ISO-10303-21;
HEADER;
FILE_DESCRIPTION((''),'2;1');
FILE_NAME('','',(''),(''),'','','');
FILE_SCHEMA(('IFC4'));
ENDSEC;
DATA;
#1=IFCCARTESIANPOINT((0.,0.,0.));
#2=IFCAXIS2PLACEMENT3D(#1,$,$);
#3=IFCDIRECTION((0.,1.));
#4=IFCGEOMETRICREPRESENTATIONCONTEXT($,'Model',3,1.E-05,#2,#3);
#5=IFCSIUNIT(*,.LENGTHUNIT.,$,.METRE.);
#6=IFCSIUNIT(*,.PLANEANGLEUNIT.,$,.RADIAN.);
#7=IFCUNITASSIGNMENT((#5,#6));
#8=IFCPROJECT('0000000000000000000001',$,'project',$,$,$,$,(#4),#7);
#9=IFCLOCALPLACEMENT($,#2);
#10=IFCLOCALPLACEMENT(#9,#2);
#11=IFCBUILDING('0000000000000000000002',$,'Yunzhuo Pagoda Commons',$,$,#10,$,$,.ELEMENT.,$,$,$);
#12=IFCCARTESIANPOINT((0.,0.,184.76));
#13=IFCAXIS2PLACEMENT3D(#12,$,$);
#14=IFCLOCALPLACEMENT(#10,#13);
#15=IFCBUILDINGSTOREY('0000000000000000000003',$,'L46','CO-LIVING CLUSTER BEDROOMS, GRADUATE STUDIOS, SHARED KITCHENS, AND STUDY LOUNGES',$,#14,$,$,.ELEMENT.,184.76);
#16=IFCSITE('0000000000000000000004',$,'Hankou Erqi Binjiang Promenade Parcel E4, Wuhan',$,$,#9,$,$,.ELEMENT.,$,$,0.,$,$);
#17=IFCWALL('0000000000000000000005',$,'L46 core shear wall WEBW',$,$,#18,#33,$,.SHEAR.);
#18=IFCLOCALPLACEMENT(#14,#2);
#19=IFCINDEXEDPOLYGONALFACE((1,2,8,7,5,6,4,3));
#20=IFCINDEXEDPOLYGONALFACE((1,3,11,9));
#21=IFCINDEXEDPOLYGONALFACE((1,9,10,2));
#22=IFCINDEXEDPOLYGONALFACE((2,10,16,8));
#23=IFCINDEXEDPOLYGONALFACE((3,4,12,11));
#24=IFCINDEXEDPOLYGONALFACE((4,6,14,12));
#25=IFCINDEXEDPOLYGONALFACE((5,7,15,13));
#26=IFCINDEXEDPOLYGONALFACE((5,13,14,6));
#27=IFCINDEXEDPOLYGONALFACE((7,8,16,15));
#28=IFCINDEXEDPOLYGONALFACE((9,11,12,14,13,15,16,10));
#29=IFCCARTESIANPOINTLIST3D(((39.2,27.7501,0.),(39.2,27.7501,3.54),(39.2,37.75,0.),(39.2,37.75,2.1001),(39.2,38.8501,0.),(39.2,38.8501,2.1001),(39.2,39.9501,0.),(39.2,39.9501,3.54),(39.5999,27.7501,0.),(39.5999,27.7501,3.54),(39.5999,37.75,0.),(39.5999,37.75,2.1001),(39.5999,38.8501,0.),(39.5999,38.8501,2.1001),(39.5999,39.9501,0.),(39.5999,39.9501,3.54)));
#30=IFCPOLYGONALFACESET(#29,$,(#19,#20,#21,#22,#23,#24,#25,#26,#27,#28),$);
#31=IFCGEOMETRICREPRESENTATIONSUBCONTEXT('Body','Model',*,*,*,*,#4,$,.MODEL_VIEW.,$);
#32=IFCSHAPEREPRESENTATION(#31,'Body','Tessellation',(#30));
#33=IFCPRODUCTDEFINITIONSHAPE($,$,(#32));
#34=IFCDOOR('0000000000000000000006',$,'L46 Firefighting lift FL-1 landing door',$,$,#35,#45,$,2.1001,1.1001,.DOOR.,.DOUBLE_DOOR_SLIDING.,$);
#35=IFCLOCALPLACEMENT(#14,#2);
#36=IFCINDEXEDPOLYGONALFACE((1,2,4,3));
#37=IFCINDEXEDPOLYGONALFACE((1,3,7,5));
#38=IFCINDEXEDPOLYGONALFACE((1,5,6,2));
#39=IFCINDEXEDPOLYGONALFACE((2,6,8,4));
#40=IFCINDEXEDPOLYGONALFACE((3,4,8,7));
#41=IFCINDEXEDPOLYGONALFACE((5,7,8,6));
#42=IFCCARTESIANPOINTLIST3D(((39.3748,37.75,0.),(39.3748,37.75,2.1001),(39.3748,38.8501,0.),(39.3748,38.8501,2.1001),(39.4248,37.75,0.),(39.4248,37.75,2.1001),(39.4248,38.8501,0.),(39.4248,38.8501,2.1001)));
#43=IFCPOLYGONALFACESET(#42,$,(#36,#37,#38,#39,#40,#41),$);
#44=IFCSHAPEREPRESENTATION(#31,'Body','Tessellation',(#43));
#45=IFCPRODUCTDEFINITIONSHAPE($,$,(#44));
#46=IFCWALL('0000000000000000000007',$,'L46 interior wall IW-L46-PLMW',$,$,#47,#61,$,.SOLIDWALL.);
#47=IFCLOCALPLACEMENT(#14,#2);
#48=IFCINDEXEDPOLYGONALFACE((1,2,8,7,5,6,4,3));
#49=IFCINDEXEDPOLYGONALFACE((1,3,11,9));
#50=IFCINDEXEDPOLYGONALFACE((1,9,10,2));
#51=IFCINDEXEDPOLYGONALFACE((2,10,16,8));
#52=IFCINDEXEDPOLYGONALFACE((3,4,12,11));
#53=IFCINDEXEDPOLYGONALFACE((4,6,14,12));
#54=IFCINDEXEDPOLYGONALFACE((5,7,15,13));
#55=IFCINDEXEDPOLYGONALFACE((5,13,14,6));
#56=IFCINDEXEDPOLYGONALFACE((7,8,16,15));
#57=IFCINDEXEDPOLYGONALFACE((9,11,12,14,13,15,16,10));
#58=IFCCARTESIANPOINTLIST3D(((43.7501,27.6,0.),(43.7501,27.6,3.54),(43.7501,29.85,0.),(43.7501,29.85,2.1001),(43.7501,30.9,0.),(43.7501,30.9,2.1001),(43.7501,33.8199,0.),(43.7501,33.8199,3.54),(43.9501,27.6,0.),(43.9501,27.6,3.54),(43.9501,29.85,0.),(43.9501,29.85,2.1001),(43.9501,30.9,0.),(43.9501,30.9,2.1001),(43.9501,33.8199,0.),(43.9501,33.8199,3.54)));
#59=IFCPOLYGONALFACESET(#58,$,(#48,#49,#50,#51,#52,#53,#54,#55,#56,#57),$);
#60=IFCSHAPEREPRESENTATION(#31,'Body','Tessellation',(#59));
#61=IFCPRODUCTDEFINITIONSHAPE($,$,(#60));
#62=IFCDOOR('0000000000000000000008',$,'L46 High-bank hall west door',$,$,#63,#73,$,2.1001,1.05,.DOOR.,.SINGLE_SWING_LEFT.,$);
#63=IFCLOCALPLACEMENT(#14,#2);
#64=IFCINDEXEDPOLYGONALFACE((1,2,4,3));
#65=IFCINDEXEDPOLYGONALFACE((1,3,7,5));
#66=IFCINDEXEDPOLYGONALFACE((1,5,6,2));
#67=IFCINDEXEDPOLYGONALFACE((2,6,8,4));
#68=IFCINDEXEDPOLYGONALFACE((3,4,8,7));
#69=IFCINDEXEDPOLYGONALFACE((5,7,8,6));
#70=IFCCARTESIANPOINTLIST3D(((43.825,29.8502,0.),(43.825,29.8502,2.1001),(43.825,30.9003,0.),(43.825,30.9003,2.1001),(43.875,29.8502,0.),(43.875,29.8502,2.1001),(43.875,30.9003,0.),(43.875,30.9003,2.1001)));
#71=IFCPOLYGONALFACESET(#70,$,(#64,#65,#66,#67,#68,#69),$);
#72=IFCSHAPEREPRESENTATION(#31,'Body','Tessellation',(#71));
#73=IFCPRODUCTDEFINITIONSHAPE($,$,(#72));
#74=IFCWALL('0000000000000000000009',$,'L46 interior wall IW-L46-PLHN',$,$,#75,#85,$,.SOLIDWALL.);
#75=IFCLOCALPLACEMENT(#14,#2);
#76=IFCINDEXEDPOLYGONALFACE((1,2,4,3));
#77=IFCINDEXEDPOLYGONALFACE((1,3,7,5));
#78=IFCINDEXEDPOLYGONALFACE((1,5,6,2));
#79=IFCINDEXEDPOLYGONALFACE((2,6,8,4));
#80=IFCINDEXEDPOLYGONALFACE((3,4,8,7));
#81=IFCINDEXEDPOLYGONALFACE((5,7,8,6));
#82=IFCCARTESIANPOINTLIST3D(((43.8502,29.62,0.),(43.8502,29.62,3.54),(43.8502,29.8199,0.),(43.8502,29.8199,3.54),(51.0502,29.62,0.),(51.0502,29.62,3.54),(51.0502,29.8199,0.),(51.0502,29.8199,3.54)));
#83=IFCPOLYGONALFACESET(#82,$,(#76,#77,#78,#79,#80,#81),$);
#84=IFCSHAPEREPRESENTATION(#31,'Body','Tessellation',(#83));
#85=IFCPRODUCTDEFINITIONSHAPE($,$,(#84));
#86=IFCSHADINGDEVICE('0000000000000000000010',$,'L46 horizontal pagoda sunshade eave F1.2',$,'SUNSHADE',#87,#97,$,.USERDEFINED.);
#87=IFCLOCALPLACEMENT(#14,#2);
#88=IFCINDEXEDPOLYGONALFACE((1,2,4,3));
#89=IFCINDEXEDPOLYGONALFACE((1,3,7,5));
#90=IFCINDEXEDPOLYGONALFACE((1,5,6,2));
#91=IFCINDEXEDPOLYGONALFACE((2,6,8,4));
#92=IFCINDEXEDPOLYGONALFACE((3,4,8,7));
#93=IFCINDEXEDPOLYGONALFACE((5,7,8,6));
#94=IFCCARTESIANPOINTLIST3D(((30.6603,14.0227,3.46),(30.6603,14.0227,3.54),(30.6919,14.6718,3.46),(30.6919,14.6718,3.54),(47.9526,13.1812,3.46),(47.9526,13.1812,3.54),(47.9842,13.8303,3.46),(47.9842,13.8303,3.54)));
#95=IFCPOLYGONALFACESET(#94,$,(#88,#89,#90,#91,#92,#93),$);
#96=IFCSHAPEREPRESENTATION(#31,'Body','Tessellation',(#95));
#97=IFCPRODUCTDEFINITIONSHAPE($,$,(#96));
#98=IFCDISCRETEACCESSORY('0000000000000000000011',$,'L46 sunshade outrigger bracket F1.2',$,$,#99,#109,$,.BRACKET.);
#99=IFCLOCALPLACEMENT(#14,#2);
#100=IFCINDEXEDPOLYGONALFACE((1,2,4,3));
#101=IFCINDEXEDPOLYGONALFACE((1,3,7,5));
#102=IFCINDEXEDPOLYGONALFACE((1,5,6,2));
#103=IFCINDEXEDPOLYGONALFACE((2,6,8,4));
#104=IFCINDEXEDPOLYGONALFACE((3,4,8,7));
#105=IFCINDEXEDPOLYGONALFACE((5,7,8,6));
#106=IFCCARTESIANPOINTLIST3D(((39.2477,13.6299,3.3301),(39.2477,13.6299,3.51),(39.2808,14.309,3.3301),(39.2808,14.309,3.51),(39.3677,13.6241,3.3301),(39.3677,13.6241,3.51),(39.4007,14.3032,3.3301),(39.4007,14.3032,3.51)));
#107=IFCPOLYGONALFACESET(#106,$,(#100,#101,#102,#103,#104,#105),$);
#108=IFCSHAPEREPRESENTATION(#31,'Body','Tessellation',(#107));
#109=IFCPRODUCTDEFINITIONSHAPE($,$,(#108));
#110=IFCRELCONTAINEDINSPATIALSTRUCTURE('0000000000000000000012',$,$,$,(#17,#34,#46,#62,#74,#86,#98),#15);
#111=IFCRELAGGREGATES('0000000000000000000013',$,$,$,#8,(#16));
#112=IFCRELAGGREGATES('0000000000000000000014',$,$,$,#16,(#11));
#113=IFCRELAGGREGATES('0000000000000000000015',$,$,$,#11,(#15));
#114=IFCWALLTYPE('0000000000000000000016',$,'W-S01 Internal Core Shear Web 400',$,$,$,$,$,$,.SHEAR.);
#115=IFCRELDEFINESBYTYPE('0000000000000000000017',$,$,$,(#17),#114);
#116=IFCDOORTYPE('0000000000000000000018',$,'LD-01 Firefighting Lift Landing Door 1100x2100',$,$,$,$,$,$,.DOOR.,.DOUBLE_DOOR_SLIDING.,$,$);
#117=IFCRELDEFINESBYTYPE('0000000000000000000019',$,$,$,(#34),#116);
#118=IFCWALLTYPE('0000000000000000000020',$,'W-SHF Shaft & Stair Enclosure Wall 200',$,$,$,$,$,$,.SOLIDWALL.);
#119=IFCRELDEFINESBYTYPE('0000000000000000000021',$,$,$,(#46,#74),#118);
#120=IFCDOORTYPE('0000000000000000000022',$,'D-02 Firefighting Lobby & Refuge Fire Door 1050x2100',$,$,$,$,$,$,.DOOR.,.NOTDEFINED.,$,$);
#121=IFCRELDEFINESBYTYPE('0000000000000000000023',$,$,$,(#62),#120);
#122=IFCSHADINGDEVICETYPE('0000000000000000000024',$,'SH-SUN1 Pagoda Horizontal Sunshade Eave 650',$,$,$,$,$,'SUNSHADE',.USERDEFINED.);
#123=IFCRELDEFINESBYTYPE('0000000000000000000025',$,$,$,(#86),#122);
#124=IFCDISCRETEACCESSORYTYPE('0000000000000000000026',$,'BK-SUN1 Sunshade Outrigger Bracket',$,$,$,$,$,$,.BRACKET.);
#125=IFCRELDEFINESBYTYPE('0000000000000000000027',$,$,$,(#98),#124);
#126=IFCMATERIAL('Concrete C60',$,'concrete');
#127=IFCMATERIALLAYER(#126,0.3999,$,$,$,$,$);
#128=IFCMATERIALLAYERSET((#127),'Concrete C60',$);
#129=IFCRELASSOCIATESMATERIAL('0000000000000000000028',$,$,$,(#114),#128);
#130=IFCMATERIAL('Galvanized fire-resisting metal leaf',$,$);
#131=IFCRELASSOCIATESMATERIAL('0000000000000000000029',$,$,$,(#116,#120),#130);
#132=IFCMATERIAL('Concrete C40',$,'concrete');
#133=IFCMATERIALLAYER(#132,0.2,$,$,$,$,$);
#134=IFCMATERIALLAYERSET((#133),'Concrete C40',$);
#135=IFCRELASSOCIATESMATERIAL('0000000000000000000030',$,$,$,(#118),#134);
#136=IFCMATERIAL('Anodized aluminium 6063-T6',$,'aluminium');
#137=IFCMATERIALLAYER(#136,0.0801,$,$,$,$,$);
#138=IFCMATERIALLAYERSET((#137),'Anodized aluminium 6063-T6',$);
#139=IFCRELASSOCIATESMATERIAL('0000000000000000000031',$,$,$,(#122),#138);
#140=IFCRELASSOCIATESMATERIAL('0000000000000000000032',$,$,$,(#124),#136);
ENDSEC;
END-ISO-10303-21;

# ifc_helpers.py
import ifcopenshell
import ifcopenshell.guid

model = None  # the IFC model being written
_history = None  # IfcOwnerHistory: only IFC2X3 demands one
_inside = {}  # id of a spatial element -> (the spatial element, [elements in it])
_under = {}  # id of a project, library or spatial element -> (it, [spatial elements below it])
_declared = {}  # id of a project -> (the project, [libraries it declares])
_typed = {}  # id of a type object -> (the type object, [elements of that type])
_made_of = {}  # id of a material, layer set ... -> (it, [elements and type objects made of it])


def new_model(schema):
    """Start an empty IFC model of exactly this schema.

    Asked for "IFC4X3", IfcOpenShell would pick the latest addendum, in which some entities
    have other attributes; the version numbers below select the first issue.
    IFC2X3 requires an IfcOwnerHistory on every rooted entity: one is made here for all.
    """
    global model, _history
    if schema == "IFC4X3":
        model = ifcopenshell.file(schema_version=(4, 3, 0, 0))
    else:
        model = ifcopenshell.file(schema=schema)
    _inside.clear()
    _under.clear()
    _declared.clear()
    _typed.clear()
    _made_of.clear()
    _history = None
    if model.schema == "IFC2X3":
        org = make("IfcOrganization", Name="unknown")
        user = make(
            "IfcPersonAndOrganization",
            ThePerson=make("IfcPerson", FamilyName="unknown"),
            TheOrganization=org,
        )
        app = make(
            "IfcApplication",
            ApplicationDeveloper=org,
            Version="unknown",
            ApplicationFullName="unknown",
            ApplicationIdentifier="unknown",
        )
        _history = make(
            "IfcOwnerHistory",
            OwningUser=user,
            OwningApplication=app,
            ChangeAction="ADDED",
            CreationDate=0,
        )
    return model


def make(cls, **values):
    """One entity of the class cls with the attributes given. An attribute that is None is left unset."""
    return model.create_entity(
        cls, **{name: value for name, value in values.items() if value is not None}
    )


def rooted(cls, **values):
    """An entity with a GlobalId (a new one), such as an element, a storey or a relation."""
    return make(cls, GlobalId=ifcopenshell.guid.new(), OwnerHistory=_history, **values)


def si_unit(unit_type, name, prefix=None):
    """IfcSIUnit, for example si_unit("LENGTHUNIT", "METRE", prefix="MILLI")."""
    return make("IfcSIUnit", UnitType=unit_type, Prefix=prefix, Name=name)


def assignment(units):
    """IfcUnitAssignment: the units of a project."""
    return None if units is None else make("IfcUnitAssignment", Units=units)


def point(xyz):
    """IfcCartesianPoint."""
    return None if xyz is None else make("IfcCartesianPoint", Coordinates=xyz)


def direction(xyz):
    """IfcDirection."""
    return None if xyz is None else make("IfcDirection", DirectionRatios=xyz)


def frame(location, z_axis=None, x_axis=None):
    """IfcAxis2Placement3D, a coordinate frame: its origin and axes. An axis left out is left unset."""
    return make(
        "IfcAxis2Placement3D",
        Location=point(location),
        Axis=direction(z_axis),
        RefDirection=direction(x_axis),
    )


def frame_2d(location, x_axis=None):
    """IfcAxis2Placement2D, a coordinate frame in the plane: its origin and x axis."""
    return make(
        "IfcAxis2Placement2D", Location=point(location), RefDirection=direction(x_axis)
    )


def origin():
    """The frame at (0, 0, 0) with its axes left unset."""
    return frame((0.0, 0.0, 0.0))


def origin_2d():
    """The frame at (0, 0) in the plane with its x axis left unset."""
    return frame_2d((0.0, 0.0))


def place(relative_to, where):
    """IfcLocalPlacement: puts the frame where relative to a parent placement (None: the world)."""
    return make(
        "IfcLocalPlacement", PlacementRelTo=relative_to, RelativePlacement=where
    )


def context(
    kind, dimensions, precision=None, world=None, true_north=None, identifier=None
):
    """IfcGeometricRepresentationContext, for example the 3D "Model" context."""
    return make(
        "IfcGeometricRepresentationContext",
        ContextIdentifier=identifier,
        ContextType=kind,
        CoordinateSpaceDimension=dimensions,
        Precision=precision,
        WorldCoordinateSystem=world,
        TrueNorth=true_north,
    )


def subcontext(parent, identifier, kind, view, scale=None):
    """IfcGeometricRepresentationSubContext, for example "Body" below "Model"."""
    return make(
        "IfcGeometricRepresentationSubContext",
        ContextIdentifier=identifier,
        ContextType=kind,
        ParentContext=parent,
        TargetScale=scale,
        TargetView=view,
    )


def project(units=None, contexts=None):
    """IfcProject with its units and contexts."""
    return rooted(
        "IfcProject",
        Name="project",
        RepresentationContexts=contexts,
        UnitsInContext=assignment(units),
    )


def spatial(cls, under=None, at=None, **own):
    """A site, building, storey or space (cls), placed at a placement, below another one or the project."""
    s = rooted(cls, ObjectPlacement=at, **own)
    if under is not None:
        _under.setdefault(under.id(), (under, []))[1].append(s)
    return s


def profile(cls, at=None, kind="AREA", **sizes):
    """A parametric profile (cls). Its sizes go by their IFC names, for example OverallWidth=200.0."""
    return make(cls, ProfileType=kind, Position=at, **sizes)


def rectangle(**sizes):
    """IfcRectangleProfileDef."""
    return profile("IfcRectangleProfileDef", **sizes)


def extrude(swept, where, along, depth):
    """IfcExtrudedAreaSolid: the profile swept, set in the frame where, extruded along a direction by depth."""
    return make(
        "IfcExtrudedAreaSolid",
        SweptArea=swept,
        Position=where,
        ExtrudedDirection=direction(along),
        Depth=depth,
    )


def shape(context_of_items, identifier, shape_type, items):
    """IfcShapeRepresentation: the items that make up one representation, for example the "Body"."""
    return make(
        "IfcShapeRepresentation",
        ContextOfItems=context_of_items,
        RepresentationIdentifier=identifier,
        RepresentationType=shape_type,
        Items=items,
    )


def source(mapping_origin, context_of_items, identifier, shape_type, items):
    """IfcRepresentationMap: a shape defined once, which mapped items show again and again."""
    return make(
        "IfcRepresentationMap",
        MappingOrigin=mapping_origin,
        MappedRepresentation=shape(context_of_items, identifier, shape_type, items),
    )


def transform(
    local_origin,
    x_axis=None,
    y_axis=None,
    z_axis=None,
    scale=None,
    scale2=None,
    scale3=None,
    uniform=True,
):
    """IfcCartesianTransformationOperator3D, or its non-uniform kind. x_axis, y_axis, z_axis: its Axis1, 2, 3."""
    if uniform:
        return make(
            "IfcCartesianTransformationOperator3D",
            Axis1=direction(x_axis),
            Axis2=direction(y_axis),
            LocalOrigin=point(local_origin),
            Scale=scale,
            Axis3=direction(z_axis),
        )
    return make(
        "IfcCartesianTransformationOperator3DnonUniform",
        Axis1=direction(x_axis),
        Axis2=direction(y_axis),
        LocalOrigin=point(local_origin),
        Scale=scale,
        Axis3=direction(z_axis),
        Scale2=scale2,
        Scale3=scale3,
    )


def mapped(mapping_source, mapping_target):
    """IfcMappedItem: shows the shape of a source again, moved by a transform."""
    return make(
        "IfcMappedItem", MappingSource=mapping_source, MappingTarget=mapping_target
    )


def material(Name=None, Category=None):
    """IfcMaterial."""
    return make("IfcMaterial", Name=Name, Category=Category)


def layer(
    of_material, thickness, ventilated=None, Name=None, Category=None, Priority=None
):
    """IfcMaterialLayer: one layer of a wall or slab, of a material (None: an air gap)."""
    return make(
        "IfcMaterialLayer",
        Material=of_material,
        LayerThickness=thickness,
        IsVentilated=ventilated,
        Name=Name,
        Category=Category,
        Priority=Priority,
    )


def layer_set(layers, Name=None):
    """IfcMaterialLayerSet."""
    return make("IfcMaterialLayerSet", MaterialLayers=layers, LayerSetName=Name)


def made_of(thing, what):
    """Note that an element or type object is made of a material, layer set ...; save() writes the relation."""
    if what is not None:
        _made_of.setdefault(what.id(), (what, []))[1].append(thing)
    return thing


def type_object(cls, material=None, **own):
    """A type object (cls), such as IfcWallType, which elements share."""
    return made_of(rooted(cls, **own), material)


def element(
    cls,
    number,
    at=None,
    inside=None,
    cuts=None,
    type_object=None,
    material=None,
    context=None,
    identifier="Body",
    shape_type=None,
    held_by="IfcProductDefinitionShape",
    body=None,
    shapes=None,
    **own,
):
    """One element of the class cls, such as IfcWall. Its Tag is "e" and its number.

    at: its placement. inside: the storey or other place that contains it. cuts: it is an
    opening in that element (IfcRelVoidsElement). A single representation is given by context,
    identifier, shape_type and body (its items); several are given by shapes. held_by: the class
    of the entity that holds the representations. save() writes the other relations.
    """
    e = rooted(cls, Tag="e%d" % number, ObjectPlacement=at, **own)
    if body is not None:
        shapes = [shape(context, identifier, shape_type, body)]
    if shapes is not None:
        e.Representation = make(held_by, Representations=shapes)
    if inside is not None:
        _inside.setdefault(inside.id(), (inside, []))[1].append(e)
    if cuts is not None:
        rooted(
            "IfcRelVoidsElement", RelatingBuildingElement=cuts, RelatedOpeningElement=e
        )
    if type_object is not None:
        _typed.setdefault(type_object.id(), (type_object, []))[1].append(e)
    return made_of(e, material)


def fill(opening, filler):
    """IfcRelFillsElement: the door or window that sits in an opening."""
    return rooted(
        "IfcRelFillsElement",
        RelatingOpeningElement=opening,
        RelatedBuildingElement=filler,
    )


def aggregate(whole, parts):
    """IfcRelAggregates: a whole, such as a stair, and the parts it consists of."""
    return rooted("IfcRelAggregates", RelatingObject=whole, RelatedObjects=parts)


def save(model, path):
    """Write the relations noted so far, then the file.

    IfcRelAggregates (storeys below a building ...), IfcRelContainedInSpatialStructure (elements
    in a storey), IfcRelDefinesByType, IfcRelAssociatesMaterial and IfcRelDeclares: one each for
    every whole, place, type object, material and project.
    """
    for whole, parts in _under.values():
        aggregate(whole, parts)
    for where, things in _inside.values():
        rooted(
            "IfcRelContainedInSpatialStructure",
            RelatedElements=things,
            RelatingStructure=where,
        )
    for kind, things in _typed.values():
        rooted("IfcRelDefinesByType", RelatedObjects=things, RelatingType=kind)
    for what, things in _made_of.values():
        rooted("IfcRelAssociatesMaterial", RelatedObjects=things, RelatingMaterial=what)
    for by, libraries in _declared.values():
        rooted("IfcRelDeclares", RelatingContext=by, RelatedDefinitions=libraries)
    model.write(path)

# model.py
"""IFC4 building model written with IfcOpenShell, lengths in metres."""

from ifc_helpers import new_model, si_unit, direction, frame, frame_2d, origin, origin_2d, place, context, subcontext, project, spatial, rectangle, extrude, source, transform, mapped, material, layer, layer_set, type_object, element, fill, save


model = new_model("IFC4")

# Units and contexts
model_context = context("Model", 3, precision=1e-05, world=origin(), true_north=direction((0.0, 1.0)))
body_context = subcontext(model_context, "Body", "Model", "MODEL_VIEW")
ifc_project = project(units=[si_unit("LENGTHUNIT", "METRE"), si_unit("PLANEANGLEUNIT", "RADIAN")], contexts=[model_context])

# Site, building, storey
site_placement = place(None, origin())
site = spatial("IfcSite", under=ifc_project, at=site_placement, Name="Hankou Erqi Binjiang Promenade Parcel E4, Wuhan", CompositionType="ELEMENT", RefElevation=0.0)
building_placement = place(site_placement, origin())
building = spatial("IfcBuilding", under=site, at=building_placement, Name="Yunzhuo Pagoda Commons", CompositionType="ELEMENT")
storey_placement = place(building_placement, frame((0.0, 0.0, 184.76)))
storey = spatial("IfcBuildingStorey", under=building, at=storey_placement, Name="L46", Description="CO-LIVING CLUSTER BEDROOMS, GRADUATE STUDIOS, SHARED KITCHENS, AND STUDY LOUNGES", CompositionType="ELEMENT", Elevation=184.76)

# Shared definitions
ifc_material_1 = material(Name="Anodized aluminium 6063-T6", Category="aluminium")

# Shared definitions
ifc_material_2 = material(Name="Galvanized fire-resisting metal leaf")

# Walls, openings, doors
ifc_material_3 = material(Name="Concrete C60", Category="concrete")
ifc_layer_1 = layer(ifc_material_3, 0.3999)
ifc_layer_set_1 = layer_set([ifc_layer_1], Name="Concrete C60")
wall_type_1 = type_object("IfcWallType", Name="W-S01 Internal Core Shear Web 400", PredefinedType="SHEAR", material=ifc_layer_set_1)
wall_1_placement = place(storey_placement, frame((39.3999, 27.75, 0.0), z_axis=(0.0, 0.0, 1.0), x_axis=(0.0, 1.0, 0.0)))
wall_1 = element("IfcWall", 1, at=wall_1_placement, inside=storey, type_object=wall_type_1, Name="L46 core shear wall WEBW", PredefinedType="SHEAR", context=body_context, shape_type="SweptSolid", body=[
    extrude(rectangle(XDim=12.2, YDim=0.3999, at=frame_2d((6.1001, 0.0))), origin(), (0.0, 0.0, 1.0), 3.54),
])
opening_1_placement = place(wall_1_placement, frame((10.0, 0.0, 0.0)))
opening_1 = element("IfcOpeningElement", 2, at=opening_1_placement, cuts=wall_1, PredefinedType="OPENING", context=body_context, shape_type="SweptSolid", body=[
    extrude(rectangle(XDim=1.1001, YDim=2.1001, at=frame_2d((0.55, 1.05))), frame((0.0, 0.21, 0.0), z_axis=(0.0, -1.0, 0.0), x_axis=(1.0, 0.0, 0.0)), (0.0, 0.0, 1.0), 0.4199),
])
door_type_1 = type_object("IfcDoorType", Name="LD-01 Firefighting Lift Landing Door 1100x2100", OperationType="DOUBLE_DOOR_SLIDING", PredefinedType="DOOR", material=ifc_material_2)
shared_shape_1 = source(origin(), body_context, "Body", "SweptSolid", [
    extrude(rectangle(XDim=1.1001, YDim=2.1001, at=frame_2d((0.55, 1.05))), frame((0.0, 0.0249, 0.0), z_axis=(0.0, -1.0, 0.0), x_axis=(1.0, 0.0, 0.0)), (0.0, 0.0, 1.0), 0.05),
])
door_1_placement = place(opening_1_placement, frame((1.1001, 0.0, 0.0), z_axis=(0.0, 0.0, 1.0), x_axis=(-1.0, 0.0, 0.0)))
door_1 = element("IfcDoor", 3, at=door_1_placement, inside=storey, type_object=door_type_1, Name="L46 Firefighting lift FL-1 landing door", OperationType="DOUBLE_DOOR_SLIDING", OverallHeight=2.1001, OverallWidth=1.1001, PredefinedType="DOOR", context=body_context, shape_type="MappedRepresentation", body=[
    mapped(shared_shape_1, transform((0.0, 0.0, 0.0), scale=1.0)),
])
fill(opening_1, door_1)
ifc_material_4 = material(Name="Concrete C40", Category="concrete")
ifc_layer_2 = layer(ifc_material_4, 0.2)
ifc_layer_set_2 = layer_set([ifc_layer_2], Name="Concrete C40")
wall_type_2 = type_object("IfcWallType", Name="W-SHF Shaft & Stair Enclosure Wall 200", PredefinedType="SOLIDWALL", material=ifc_layer_set_2)
wall_2_placement = place(storey_placement, frame((43.8501, 27.6001, 0.0), z_axis=(0.0, 0.0, 1.0), x_axis=(0.0, 1.0, 0.0)))
wall_2 = element("IfcWall", 4, at=wall_2_placement, inside=storey, type_object=wall_type_2, Name="L46 interior wall IW-L46-PLMW", PredefinedType="SOLIDWALL", context=body_context, shape_type="SweptSolid", body=[
    extrude(rectangle(XDim=6.22, YDim=0.2, at=frame_2d((3.1099, 0.0))), origin(), (0.0, 0.0, 1.0), 3.54),
])
opening_2_placement = place(wall_2_placement, frame((2.25, 0.0, 0.0)))
opening_2 = element("IfcOpeningElement", 5, at=opening_2_placement, cuts=wall_2, PredefinedType="OPENING", context=body_context, shape_type="SweptSolid", body=[
    extrude(rectangle(XDim=1.05, YDim=2.1001, at=frame_2d((0.5249, 1.05))), frame((0.0, 0.1099, 0.0), z_axis=(0.0, -1.0, 0.0), x_axis=(1.0, 0.0, 0.0)), (0.0, 0.0, 1.0), 0.22),
])
door_type_2 = type_object("IfcDoorType", Name="D-02 Firefighting Lobby & Refuge Fire Door 1050x2100", OperationType="NOTDEFINED", PredefinedType="DOOR", material=ifc_material_2)
shared_shape_2 = source(origin(), body_context, "Body", "SweptSolid", [
    extrude(rectangle(XDim=1.05, YDim=2.1001, at=frame_2d((0.5249, 1.05))), frame((0.0, 0.0249, 0.0), z_axis=(0.0, -1.0, 0.0), x_axis=(1.0, 0.0, 0.0)), (0.0, 0.0, 1.0), 0.05),
])
door_2_placement = place(opening_2_placement, frame((1.05, 0.0, 0.0), z_axis=(0.0, 0.0, 1.0), x_axis=(-1.0, 0.0, 0.0)))
door_2 = element("IfcDoor", 6, at=door_2_placement, inside=storey, type_object=door_type_2, Name="L46 High-bank hall west door", OperationType="SINGLE_SWING_LEFT", OverallHeight=2.1001, OverallWidth=1.05, PredefinedType="DOOR", context=body_context, shape_type="MappedRepresentation", body=[
    mapped(shared_shape_2, transform((0.0, 0.0, 0.0), scale=1.0)),
])
fill(opening_2, door_2)

# Wall
wall_3_placement = place(storey_placement, frame((43.8501, 29.72, 0.0), z_axis=(0.0, 0.0, 1.0), x_axis=(1.0, 0.0, 0.0)))
element("IfcWall", 7, at=wall_3_placement, inside=storey, type_object=wall_type_2, Name="L46 interior wall IW-L46-PLHN", PredefinedType="SOLIDWALL", context=body_context, shape_type="SweptSolid", body=[
    extrude(rectangle(XDim=7.2, YDim=0.2, at=frame_2d((3.6001, 0.0))), origin(), (0.0, 0.0, 1.0), 3.54),
])

# Shading device
ifc_layer_3 = layer(ifc_material_1, 0.0801)
ifc_layer_set_3 = layer_set([ifc_layer_3], Name="Anodized aluminium 6063-T6")
shading_device_type = type_object("IfcShadingDeviceType", Name="SH-SUN1 Pagoda Horizontal Sunshade Eave 650", ElementType="SUNSHADE", PredefinedType="USERDEFINED", material=ifc_layer_set_3)
shared_shape_3 = source(origin(), body_context, "Body", "SweptSolid", [
    extrude(rectangle(XDim=17.3127, YDim=0.6499, at=origin_2d()), origin(), (0.0, 0.0, 1.0), 0.0801),
])
shading_device_placement = place(storey_placement, frame((39.3223, 13.9265, 3.46), z_axis=(0.0, 0.0, 1.0), x_axis=(0.998818, -0.048606, 0.0)))
element("IfcShadingDevice", 8, at=shading_device_placement, inside=storey, type_object=shading_device_type, Name="L46 horizontal pagoda sunshade eave F1.2", ObjectType="SUNSHADE", PredefinedType="USERDEFINED", context=body_context, shape_type="MappedRepresentation", body=[
    mapped(shared_shape_3, transform((0.0, 0.0, 0.0), scale=1.0)),
])

# Discrete accessory
discrete_accessory_type = type_object("IfcDiscreteAccessoryType", Name="BK-SUN1 Sunshade Outrigger Bracket", PredefinedType="BRACKET", material=ifc_material_1)
shared_shape_4 = source(origin(), body_context, "Body", "SweptSolid", [
    extrude(rectangle(XDim=0.1201, YDim=0.6799, at=origin_2d()), origin(), (0.0, 0.0, 1.0), 0.1799),
])
discrete_accessory_placement = place(storey_placement, frame((39.3242, 13.9666, 3.3301), z_axis=(0.0, 0.0, 1.0), x_axis=(0.998818, -0.048606, 0.0)))
element("IfcDiscreteAccessory", 9, at=discrete_accessory_placement, inside=storey, type_object=discrete_accessory_type, Name="L46 sunshade outrigger bracket F1.2", PredefinedType="BRACKET", context=body_context, shape_type="MappedRepresentation", body=[
    mapped(shared_shape_4, transform((0.0, 0.0, 0.0), scale=1.0)),
])

save(model, "model.ifc")
